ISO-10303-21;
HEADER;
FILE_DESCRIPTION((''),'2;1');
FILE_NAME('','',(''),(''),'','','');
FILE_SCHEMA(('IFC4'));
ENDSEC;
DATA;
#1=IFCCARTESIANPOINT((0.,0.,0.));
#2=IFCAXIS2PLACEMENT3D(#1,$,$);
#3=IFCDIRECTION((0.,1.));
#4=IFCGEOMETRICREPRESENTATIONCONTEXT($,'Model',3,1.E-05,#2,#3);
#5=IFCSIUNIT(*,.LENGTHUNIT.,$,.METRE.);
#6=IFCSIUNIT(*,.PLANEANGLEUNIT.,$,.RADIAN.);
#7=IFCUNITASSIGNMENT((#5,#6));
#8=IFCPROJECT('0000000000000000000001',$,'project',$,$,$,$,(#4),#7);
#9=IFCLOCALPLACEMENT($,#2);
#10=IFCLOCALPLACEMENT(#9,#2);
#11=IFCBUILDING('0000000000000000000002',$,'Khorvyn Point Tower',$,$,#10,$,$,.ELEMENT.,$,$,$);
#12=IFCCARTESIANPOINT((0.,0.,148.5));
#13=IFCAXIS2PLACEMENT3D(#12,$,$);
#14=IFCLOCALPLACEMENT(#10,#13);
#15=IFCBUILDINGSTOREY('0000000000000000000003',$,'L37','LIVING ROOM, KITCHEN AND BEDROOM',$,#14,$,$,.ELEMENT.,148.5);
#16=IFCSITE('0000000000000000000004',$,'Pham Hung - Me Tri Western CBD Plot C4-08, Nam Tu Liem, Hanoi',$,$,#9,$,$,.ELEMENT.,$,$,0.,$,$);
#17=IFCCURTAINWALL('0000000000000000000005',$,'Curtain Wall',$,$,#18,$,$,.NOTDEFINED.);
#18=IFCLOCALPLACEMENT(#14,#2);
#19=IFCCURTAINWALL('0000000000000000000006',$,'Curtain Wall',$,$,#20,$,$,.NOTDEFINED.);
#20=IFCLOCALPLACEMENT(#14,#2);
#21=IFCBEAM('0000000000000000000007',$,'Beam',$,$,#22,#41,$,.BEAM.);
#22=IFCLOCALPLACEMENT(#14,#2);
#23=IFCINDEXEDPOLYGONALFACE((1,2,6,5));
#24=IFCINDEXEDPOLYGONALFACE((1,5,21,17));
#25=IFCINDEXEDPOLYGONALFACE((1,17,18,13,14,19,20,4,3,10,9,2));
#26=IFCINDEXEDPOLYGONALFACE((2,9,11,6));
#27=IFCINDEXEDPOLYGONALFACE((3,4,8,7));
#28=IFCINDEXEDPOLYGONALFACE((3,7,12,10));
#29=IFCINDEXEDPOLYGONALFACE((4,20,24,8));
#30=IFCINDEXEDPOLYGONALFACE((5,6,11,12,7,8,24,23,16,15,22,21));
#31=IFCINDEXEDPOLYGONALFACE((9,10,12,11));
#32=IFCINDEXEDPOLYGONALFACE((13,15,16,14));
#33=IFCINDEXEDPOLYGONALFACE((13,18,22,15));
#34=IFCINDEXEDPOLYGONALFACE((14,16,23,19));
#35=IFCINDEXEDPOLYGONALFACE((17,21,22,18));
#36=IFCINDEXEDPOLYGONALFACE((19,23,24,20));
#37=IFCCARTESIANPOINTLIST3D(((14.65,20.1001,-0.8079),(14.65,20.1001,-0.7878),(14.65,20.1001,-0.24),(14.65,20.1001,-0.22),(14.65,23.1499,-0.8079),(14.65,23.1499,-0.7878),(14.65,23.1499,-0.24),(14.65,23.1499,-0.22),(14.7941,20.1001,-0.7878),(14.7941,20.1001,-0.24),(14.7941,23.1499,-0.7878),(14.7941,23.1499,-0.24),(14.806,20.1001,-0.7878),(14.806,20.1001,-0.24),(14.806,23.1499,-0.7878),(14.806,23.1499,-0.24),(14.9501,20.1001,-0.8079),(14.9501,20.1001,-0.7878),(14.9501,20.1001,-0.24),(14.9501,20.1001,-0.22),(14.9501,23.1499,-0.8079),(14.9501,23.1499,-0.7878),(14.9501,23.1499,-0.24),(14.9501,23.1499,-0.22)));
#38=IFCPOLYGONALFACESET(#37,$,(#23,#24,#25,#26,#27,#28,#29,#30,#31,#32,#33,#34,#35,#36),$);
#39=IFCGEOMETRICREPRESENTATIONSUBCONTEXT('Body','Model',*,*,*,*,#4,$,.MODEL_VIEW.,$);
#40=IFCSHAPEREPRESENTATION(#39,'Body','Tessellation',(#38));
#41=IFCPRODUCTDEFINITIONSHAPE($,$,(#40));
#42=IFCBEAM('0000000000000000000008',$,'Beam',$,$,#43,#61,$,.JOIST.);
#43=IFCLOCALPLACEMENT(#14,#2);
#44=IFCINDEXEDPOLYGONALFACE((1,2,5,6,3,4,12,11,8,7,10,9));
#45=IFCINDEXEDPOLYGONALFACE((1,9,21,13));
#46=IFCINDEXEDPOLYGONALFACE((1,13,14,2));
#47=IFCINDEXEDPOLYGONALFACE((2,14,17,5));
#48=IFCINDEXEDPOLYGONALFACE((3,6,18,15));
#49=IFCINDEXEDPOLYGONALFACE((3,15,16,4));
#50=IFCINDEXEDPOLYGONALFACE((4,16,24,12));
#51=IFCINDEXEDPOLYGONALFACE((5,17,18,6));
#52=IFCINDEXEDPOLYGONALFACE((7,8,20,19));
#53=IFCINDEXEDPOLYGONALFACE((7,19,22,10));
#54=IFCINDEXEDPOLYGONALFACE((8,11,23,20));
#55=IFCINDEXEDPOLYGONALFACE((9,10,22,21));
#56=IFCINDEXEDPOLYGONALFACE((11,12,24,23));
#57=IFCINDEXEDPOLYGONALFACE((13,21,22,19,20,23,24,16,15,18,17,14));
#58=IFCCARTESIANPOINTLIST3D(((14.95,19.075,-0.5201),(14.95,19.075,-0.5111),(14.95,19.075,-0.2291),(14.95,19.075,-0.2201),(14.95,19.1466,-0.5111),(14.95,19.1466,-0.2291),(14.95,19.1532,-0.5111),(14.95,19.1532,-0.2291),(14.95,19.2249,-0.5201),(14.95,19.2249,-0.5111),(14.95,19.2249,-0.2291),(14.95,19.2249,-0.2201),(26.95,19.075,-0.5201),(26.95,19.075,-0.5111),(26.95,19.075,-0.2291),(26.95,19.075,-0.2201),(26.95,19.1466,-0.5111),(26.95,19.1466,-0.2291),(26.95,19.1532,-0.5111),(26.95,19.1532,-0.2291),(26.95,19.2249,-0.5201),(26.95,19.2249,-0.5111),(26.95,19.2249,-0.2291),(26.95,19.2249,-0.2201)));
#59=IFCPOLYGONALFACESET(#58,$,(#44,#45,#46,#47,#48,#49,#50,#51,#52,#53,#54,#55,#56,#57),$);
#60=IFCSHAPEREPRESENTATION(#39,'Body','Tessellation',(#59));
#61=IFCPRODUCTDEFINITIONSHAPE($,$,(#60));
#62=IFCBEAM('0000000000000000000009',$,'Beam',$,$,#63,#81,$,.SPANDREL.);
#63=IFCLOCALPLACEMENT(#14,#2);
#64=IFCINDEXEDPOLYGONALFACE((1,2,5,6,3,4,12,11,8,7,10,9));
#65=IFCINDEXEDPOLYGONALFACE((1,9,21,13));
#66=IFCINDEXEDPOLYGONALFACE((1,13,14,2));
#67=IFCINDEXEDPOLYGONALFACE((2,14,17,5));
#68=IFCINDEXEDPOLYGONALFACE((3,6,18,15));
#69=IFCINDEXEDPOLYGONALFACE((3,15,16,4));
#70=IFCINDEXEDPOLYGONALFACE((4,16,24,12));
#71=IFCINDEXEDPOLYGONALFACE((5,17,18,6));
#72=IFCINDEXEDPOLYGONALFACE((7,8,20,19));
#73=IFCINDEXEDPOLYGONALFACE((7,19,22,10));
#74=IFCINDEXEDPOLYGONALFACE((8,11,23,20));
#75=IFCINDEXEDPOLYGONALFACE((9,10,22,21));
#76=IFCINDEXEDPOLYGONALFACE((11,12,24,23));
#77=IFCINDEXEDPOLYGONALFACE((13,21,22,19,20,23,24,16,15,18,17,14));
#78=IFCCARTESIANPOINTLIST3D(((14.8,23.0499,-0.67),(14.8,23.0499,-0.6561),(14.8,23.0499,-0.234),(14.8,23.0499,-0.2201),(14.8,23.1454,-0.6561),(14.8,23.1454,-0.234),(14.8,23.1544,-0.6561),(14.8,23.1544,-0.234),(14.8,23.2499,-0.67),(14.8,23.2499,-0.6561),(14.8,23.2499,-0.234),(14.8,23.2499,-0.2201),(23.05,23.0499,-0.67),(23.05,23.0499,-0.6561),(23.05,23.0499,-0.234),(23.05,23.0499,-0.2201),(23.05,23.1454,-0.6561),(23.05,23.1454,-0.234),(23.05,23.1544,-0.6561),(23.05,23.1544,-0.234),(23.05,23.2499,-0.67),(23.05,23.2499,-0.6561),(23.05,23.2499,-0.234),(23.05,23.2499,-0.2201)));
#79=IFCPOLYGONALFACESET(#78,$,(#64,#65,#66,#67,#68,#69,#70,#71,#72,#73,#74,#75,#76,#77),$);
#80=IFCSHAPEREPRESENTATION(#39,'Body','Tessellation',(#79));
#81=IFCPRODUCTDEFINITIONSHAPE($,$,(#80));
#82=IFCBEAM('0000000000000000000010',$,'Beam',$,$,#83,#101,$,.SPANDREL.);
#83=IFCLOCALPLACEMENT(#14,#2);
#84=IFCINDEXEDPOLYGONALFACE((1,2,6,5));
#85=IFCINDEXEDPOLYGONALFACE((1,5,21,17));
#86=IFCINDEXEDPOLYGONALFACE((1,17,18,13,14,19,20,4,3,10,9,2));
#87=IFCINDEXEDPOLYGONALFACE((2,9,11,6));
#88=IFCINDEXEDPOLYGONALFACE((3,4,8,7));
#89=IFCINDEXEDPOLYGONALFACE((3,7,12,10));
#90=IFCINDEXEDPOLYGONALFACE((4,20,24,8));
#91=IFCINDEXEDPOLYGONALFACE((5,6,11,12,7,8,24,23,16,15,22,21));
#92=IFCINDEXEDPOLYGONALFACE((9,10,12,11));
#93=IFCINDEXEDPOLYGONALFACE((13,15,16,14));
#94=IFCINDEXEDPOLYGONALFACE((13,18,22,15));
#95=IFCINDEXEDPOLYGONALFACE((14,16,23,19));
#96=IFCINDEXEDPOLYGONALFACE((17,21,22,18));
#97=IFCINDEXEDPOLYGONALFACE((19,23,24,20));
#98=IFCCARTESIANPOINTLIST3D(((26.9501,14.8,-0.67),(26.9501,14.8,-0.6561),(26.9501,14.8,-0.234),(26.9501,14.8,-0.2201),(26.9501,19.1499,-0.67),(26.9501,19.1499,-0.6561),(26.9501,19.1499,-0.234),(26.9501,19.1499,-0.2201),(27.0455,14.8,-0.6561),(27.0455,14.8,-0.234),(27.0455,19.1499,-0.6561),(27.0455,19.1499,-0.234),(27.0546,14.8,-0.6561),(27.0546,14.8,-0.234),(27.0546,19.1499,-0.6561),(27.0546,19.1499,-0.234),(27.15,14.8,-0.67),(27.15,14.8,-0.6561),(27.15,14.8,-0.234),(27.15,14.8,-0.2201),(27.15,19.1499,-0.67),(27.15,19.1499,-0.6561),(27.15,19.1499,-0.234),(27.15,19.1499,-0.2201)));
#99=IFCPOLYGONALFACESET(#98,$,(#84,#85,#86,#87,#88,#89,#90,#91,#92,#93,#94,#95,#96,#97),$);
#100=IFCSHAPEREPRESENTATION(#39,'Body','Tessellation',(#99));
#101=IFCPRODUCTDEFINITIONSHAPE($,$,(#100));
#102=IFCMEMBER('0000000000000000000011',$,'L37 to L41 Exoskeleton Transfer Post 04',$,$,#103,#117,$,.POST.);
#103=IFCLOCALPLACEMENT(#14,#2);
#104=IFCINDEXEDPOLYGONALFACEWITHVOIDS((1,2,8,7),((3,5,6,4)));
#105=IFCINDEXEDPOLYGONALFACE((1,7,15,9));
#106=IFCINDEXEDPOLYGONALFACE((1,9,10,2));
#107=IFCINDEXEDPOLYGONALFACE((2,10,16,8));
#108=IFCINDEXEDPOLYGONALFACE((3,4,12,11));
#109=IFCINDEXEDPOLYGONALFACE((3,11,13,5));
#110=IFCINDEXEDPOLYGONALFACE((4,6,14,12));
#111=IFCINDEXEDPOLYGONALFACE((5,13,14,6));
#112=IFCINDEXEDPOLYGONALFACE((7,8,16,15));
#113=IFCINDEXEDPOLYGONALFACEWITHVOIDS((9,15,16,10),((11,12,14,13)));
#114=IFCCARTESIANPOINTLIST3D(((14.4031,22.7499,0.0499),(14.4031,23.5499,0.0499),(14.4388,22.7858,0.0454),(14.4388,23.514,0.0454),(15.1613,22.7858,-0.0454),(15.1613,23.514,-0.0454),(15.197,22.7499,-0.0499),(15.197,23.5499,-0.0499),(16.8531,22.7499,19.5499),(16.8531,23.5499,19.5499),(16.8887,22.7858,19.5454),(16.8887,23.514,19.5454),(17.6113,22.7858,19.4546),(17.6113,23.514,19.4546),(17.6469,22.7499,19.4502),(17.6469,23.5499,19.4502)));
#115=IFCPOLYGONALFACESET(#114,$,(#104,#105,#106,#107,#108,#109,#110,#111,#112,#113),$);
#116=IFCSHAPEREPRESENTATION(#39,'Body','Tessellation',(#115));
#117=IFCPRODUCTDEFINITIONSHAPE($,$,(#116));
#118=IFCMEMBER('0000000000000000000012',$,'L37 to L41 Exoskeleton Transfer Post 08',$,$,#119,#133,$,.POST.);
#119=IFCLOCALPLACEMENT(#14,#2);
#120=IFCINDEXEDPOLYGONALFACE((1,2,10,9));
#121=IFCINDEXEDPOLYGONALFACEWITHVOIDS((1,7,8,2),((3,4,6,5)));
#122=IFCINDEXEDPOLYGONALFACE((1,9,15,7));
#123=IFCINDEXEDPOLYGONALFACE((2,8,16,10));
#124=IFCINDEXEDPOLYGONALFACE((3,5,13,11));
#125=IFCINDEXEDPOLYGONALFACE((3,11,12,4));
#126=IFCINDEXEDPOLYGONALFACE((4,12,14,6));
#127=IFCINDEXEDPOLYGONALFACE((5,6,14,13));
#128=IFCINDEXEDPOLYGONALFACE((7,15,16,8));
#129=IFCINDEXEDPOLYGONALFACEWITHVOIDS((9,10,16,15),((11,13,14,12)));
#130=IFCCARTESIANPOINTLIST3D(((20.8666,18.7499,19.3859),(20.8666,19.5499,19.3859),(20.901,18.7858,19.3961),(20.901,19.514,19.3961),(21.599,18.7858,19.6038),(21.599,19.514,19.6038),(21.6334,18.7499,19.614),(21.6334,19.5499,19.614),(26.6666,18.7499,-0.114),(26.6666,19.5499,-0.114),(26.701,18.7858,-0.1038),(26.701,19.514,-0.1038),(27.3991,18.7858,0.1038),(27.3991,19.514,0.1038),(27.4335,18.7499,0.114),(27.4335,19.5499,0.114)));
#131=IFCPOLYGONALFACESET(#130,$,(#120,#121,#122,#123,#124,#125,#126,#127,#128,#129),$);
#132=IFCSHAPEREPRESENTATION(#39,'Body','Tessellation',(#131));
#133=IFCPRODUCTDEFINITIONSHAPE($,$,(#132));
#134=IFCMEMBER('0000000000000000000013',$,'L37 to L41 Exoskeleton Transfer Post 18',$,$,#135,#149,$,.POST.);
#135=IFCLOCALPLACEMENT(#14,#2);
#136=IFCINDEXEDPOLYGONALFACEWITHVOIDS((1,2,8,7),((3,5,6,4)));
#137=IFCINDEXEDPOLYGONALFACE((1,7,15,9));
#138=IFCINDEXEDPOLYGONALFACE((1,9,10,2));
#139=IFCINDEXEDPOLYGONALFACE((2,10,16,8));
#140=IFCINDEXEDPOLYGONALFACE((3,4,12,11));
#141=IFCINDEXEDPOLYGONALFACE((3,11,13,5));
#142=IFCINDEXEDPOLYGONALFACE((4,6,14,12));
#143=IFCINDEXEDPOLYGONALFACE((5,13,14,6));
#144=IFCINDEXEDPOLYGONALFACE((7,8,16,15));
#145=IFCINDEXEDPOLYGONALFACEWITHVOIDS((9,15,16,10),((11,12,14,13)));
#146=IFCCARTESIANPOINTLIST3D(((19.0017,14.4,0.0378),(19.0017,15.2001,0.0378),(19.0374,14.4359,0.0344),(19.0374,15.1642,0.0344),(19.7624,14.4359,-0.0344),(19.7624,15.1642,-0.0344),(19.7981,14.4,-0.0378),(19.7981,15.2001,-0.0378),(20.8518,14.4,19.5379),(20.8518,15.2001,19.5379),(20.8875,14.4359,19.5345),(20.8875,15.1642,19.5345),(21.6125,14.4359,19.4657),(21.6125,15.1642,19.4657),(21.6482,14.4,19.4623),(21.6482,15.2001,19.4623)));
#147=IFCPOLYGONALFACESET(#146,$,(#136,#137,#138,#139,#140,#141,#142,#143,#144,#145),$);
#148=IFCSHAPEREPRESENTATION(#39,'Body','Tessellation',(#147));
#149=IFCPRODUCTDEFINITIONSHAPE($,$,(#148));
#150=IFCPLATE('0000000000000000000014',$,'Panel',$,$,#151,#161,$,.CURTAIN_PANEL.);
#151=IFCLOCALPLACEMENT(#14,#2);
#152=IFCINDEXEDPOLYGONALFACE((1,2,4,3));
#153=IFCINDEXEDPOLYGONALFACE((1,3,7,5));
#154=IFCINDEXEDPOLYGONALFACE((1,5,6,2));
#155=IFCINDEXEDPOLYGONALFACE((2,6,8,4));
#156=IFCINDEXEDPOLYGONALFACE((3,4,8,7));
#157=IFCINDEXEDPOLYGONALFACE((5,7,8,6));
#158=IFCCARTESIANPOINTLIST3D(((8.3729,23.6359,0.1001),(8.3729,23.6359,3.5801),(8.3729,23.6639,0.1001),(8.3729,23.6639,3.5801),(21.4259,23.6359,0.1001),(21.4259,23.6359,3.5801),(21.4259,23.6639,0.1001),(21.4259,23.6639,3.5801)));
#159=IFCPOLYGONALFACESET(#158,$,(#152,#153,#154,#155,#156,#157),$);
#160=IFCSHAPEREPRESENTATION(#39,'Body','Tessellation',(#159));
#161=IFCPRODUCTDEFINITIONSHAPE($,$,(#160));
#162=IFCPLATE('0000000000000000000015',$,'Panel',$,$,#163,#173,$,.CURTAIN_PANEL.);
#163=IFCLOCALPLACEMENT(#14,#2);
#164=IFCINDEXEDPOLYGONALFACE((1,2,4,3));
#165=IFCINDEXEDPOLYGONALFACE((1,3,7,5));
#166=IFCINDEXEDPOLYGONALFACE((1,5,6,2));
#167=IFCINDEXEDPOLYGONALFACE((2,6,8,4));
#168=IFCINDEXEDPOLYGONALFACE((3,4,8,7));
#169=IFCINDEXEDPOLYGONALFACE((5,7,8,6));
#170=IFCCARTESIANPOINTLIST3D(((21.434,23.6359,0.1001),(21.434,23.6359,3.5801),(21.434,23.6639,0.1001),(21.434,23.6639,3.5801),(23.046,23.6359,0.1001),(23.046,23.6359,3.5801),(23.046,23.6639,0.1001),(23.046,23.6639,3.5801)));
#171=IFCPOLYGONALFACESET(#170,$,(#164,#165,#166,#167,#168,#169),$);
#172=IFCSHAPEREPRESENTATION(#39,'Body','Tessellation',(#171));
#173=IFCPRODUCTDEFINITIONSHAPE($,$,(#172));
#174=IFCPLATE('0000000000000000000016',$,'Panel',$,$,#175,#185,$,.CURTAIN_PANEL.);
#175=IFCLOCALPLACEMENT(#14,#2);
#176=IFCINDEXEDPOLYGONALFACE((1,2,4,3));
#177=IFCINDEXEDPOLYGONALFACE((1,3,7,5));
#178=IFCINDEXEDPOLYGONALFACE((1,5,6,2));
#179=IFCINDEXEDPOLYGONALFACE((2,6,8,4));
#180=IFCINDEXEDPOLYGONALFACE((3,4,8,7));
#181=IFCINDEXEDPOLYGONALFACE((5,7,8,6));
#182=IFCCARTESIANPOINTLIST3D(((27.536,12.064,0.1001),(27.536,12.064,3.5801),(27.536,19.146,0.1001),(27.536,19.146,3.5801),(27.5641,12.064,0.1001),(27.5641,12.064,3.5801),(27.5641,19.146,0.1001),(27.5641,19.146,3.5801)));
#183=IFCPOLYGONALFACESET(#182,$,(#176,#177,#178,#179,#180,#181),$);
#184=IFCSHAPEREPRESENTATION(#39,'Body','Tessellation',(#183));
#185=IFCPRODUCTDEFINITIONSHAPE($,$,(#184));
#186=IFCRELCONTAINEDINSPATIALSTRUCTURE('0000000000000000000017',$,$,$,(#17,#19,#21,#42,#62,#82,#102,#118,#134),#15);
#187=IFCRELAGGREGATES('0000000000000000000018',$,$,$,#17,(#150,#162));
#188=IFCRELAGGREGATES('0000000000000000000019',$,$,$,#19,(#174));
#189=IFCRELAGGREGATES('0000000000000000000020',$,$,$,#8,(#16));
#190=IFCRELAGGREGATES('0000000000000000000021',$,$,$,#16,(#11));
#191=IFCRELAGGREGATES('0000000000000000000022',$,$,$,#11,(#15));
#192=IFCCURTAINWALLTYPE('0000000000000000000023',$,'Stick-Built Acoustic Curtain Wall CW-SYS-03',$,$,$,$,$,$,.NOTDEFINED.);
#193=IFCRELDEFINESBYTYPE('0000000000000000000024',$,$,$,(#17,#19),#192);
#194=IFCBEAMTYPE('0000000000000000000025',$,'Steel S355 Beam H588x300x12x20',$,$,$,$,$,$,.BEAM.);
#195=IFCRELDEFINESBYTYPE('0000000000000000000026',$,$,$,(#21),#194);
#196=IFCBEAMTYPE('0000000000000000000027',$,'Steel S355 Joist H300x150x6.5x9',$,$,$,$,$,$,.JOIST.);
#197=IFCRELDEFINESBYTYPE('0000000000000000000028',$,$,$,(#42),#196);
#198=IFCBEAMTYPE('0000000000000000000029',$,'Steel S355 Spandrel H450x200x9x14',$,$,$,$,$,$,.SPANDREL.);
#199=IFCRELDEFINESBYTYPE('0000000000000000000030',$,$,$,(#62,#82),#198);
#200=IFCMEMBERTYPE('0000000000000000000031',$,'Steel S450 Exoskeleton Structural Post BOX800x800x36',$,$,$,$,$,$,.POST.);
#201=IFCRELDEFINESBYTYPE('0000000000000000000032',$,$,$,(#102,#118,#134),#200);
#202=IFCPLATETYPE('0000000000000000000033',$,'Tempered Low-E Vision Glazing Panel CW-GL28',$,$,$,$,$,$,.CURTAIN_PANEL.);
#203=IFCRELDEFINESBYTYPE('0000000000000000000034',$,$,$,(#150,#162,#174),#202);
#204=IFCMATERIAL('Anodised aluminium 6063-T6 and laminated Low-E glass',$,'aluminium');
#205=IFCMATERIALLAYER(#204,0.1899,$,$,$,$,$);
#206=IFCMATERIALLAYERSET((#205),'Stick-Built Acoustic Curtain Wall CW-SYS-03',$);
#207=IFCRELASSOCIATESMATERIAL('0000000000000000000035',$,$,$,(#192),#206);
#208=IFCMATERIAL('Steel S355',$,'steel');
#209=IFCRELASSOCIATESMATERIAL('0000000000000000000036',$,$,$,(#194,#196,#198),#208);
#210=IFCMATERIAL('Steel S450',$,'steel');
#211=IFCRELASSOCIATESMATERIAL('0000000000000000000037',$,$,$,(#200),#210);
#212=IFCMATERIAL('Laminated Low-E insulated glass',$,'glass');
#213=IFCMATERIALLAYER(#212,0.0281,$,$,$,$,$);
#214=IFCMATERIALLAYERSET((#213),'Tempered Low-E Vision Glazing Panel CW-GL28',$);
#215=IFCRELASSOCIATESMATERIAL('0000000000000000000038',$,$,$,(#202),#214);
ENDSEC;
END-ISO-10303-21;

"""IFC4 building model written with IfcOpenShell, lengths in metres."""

from ifc_helpers import new_model, si_unit, direction, frame, origin, origin_2d, place, context, subcontext, project, spatial, rectangle, hollow_rectangle, i_section, extrude, material, layer, layer_set, material_profile, profile_set, type_object, element, aggregate, save


model = new_model("IFC4")

# Units and contexts
model_context = context("Model", 3, precision=1e-05, world=origin(), true_north=direction((0.0, 1.0)))
body_context = subcontext(model_context, "Body", "Model", "MODEL_VIEW")
ifc_project = project(units=[si_unit("LENGTHUNIT", "METRE"), si_unit("PLANEANGLEUNIT", "RADIAN")], contexts=[model_context])

# Site, building, storey
site_placement = place(None, origin())
site = spatial("IfcSite", under=ifc_project, at=site_placement, Name="Pham Hung - Me Tri Western CBD Plot C4-08, Nam Tu Liem, Hanoi", CompositionType="ELEMENT", RefElevation=0.0)
building_placement = place(site_placement, origin())
building = spatial("IfcBuilding", under=site, at=building_placement, Name="Khorvyn Point Tower", CompositionType="ELEMENT")
storey_placement = place(building_placement, frame((0.0, 0.0, 148.5)))
storey = spatial("IfcBuildingStorey", under=building, at=storey_placement, Name="L37", Description="LIVING ROOM, KITCHEN AND BEDROOM", CompositionType="ELEMENT", Elevation=148.5)

# Shared definitions
ifc_material_1 = material(Name="Steel S450", Category="steel")

# Curtain wall
ifc_material_2 = material(Name="Anodised aluminium 6063-T6 and laminated Low-E glass", Category="aluminium")
ifc_layer_1 = layer(ifc_material_2, 0.1899)
ifc_layer_set_1 = layer_set([ifc_layer_1], Name="Stick-Built Acoustic Curtain Wall CW-SYS-03")
curtain_wall_type = type_object("IfcCurtainWallType", Name="Stick-Built Acoustic Curtain Wall CW-SYS-03", PredefinedType="NOTDEFINED", material=ifc_layer_set_1)
curtain_wall_1_placement = place(storey_placement, origin())
curtain_wall_1 = element("IfcCurtainWall", 1, at=curtain_wall_1_placement, inside=storey, type_object=curtain_wall_type, Name="Curtain Wall", PredefinedType="NOTDEFINED")

# Curtain wall
curtain_wall_2_placement = place(storey_placement, origin())
curtain_wall_2 = element("IfcCurtainWall", 2, at=curtain_wall_2_placement, inside=storey, type_object=curtain_wall_type, Name="Curtain Wall", PredefinedType="NOTDEFINED")

# Beams
ifc_material_3 = material(Name="Steel S355", Category="steel")
ifc_material_profile_1 = material_profile(ifc_material_3, i_section(OverallWidth=0.3, OverallDepth=0.5879, WebThickness=0.012, FlangeThickness=0.02, at=origin_2d()))
ifc_profile_set_1 = profile_set([ifc_material_profile_1], Name="Steel S355 H588x300x12x20")
beam_type_1 = type_object("IfcBeamType", Name="Steel S355 Beam H588x300x12x20", PredefinedType="BEAM", material=ifc_profile_set_1)
beam_1_placement = place(storey_placement, frame((14.8, 20.1001, -0.5139), z_axis=(0.0, 1.0, 0.0), x_axis=(-1.0, 0.0, 0.0)))
element("IfcBeam", 3, at=beam_1_placement, inside=storey, type_object=beam_type_1, Name="Beam", PredefinedType="BEAM", context=body_context, shape_type="SweptSolid", body=[
    extrude(i_section(OverallWidth=0.3, OverallDepth=0.5879, WebThickness=0.012, FlangeThickness=0.02, at=origin_2d()), origin(), (0.0, 0.0, 1.0), 3.0498),
])
ifc_material_profile_2 = material_profile(ifc_material_3, i_section(OverallWidth=0.1499, OverallDepth=0.3, WebThickness=0.0066, FlangeThickness=0.009, at=origin_2d()))
ifc_profile_set_2 = profile_set([ifc_material_profile_2], Name="Steel S355 H300x150x6.5x9")
beam_type_2 = type_object("IfcBeamType", Name="Steel S355 Joist H300x150x6.5x9", PredefinedType="JOIST", material=ifc_profile_set_2)
beam_2_placement = place(storey_placement, frame((14.95, 19.1499, -0.3701), z_axis=(1.0, 0.0, 0.0), x_axis=(0.0, 1.0, 0.0)))
element("IfcBeam", 4, at=beam_2_placement, inside=storey, type_object=beam_type_2, Name="Beam", PredefinedType="JOIST", context=body_context, shape_type="SweptSolid", body=[
    extrude(i_section(OverallWidth=0.1499, OverallDepth=0.3, WebThickness=0.0066, FlangeThickness=0.009, at=origin_2d()), origin(), (0.0, 0.0, 1.0), 12.0),
])
ifc_material_profile_3 = material_profile(ifc_material_3, i_section(OverallWidth=0.2, OverallDepth=0.45, WebThickness=0.009, FlangeThickness=0.0139, at=origin_2d()))
ifc_profile_set_3 = profile_set([ifc_material_profile_3], Name="Steel S355 H450x200x9x14")
beam_type_3 = type_object("IfcBeamType", Name="Steel S355 Spandrel H450x200x9x14", PredefinedType="SPANDREL", material=ifc_profile_set_3)
beam_3_placement = place(storey_placement, frame((14.8, 23.1499, -0.4451), z_axis=(1.0, 0.0, 0.0), x_axis=(0.0, 1.0, 0.0)))
element("IfcBeam", 5, at=beam_3_placement, inside=storey, type_object=beam_type_3, Name="Beam", PredefinedType="SPANDREL", context=body_context, shape_type="SweptSolid", body=[
    extrude(i_section(OverallWidth=0.2, OverallDepth=0.45, WebThickness=0.009, FlangeThickness=0.0139, at=origin_2d()), origin(), (0.0, 0.0, 1.0), 8.25),
])
beam_4_placement = place(storey_placement, frame((27.05, 14.8, -0.4451), z_axis=(0.0, 1.0, 0.0), x_axis=(-1.0, 0.0, 0.0)))
element("IfcBeam", 6, at=beam_4_placement, inside=storey, type_object=beam_type_3, Name="Beam", PredefinedType="SPANDREL", context=body_context, shape_type="SweptSolid", body=[
    extrude(i_section(OverallWidth=0.2, OverallDepth=0.45, WebThickness=0.009, FlangeThickness=0.0139, at=origin_2d()), origin(), (0.0, 0.0, 1.0), 4.3499),
])

# Members
ifc_material_profile_4 = material_profile(ifc_material_1, hollow_rectangle(XDim=0.8, YDim=0.8, WallThickness=0.0359, at=origin_2d()))
ifc_profile_set_4 = profile_set([ifc_material_profile_4], Name="Steel S450 BOX800x800x36")
member_type_1 = type_object("IfcMemberType", Name="Steel S450 Exoskeleton Structural Post BOX800x800x36", PredefinedType="POST", material=ifc_profile_set_4)
member_1_placement = place(storey_placement, frame((14.8, 23.1499, 0.0), z_axis=(0.124659, 0.0, 0.9922), x_axis=(0.0, 1.0, 0.0)))
element("IfcMember", 7, at=member_1_placement, inside=storey, type_object=member_type_1, Name="L37 to L41 Exoskeleton Transfer Post 04", PredefinedType="POST", context=body_context, shape_type="SweptSolid", body=[
    extrude(hollow_rectangle(XDim=0.8, YDim=0.8, WallThickness=0.0359, at=origin_2d()), origin(), (0.0, 0.0, 1.0), 19.6533),
])
member_2_placement = place(storey_placement, frame((27.05, 19.1499, 0.0), z_axis=(-0.285095, 0.0, 0.958499), x_axis=(0.0, -1.0, 0.0)))
element("IfcMember", 8, at=member_2_placement, inside=storey, type_object=member_type_1, Name="L37 to L41 Exoskeleton Transfer Post 08", PredefinedType="POST", context=body_context, shape_type="SweptSolid", body=[
    extrude(hollow_rectangle(XDim=0.8, YDim=0.8, WallThickness=0.0359, at=origin_2d()), origin(), (0.0, 0.0, 1.0), 20.3442),
])
member_3_placement = place(storey_placement, frame((19.3999, 14.8, 0.0), z_axis=(0.094453, 0.0, 0.995529), x_axis=(0.0, 1.0, 0.0)))
element("IfcMember", 9, at=member_3_placement, inside=storey, type_object=member_type_1, Name="L37 to L41 Exoskeleton Transfer Post 18", PredefinedType="POST", context=body_context, shape_type="SweptSolid", body=[
    extrude(hollow_rectangle(XDim=0.8, YDim=0.8, WallThickness=0.0359, at=origin_2d()), origin(), (0.0, 0.0, 1.0), 19.5876),
])

# Plates
ifc_material_4 = material(Name="Laminated Low-E insulated glass", Category="glass")
ifc_layer_2 = layer(ifc_material_4, 0.0281)
ifc_layer_set_2 = layer_set([ifc_layer_2], Name="Tempered Low-E Vision Glazing Panel CW-GL28")
plate_type = type_object("IfcPlateType", Name="Tempered Low-E Vision Glazing Panel CW-GL28", PredefinedType="CURTAIN_PANEL", material=ifc_layer_set_2)
plate_1_placement = place(storey_placement, frame((14.8994, 23.6499, 0.1001), z_axis=(0.0, 0.0, 1.0), x_axis=(1.0, 0.0, 0.0)))
plate_1 = element("IfcPlate", 10, at=plate_1_placement, type_object=plate_type, Name="Panel", PredefinedType="CURTAIN_PANEL", context=body_context, shape_type="SweptSolid", body=[
    extrude(rectangle(XDim=13.053, YDim=0.0281, at=origin_2d()), origin(), (0.0, 0.0, 1.0), 3.48),
])
plate_2_placement = place(storey_placement, frame((22.24, 23.6499, 0.1001), z_axis=(0.0, 0.0, 1.0), x_axis=(1.0, 0.0, 0.0)))
plate_2 = element("IfcPlate", 11, at=plate_2_placement, type_object=plate_type, Name="Panel", PredefinedType="CURTAIN_PANEL", context=body_context, shape_type="SweptSolid", body=[
    extrude(rectangle(XDim=1.6121, YDim=0.0281, at=origin_2d()), origin(), (0.0, 0.0, 1.0), 3.48),
])
aggregate(curtain_wall_1, [plate_1, plate_2])
plate_3_placement = place(storey_placement, frame((27.55, 15.605, 0.1001), z_axis=(0.0, 0.0, 1.0), x_axis=(0.0, -1.0, 0.0)))
plate_3 = element("IfcPlate", 12, at=plate_3_placement, type_object=plate_type, Name="Panel", PredefinedType="CURTAIN_PANEL", context=body_context, shape_type="SweptSolid", body=[
    extrude(rectangle(XDim=7.082, YDim=0.0281, at=origin_2d()), origin(), (0.0, 0.0, 1.0), 3.48),
])
aggregate(curtain_wall_2, [plate_3])

save(model, "model.ifc")
